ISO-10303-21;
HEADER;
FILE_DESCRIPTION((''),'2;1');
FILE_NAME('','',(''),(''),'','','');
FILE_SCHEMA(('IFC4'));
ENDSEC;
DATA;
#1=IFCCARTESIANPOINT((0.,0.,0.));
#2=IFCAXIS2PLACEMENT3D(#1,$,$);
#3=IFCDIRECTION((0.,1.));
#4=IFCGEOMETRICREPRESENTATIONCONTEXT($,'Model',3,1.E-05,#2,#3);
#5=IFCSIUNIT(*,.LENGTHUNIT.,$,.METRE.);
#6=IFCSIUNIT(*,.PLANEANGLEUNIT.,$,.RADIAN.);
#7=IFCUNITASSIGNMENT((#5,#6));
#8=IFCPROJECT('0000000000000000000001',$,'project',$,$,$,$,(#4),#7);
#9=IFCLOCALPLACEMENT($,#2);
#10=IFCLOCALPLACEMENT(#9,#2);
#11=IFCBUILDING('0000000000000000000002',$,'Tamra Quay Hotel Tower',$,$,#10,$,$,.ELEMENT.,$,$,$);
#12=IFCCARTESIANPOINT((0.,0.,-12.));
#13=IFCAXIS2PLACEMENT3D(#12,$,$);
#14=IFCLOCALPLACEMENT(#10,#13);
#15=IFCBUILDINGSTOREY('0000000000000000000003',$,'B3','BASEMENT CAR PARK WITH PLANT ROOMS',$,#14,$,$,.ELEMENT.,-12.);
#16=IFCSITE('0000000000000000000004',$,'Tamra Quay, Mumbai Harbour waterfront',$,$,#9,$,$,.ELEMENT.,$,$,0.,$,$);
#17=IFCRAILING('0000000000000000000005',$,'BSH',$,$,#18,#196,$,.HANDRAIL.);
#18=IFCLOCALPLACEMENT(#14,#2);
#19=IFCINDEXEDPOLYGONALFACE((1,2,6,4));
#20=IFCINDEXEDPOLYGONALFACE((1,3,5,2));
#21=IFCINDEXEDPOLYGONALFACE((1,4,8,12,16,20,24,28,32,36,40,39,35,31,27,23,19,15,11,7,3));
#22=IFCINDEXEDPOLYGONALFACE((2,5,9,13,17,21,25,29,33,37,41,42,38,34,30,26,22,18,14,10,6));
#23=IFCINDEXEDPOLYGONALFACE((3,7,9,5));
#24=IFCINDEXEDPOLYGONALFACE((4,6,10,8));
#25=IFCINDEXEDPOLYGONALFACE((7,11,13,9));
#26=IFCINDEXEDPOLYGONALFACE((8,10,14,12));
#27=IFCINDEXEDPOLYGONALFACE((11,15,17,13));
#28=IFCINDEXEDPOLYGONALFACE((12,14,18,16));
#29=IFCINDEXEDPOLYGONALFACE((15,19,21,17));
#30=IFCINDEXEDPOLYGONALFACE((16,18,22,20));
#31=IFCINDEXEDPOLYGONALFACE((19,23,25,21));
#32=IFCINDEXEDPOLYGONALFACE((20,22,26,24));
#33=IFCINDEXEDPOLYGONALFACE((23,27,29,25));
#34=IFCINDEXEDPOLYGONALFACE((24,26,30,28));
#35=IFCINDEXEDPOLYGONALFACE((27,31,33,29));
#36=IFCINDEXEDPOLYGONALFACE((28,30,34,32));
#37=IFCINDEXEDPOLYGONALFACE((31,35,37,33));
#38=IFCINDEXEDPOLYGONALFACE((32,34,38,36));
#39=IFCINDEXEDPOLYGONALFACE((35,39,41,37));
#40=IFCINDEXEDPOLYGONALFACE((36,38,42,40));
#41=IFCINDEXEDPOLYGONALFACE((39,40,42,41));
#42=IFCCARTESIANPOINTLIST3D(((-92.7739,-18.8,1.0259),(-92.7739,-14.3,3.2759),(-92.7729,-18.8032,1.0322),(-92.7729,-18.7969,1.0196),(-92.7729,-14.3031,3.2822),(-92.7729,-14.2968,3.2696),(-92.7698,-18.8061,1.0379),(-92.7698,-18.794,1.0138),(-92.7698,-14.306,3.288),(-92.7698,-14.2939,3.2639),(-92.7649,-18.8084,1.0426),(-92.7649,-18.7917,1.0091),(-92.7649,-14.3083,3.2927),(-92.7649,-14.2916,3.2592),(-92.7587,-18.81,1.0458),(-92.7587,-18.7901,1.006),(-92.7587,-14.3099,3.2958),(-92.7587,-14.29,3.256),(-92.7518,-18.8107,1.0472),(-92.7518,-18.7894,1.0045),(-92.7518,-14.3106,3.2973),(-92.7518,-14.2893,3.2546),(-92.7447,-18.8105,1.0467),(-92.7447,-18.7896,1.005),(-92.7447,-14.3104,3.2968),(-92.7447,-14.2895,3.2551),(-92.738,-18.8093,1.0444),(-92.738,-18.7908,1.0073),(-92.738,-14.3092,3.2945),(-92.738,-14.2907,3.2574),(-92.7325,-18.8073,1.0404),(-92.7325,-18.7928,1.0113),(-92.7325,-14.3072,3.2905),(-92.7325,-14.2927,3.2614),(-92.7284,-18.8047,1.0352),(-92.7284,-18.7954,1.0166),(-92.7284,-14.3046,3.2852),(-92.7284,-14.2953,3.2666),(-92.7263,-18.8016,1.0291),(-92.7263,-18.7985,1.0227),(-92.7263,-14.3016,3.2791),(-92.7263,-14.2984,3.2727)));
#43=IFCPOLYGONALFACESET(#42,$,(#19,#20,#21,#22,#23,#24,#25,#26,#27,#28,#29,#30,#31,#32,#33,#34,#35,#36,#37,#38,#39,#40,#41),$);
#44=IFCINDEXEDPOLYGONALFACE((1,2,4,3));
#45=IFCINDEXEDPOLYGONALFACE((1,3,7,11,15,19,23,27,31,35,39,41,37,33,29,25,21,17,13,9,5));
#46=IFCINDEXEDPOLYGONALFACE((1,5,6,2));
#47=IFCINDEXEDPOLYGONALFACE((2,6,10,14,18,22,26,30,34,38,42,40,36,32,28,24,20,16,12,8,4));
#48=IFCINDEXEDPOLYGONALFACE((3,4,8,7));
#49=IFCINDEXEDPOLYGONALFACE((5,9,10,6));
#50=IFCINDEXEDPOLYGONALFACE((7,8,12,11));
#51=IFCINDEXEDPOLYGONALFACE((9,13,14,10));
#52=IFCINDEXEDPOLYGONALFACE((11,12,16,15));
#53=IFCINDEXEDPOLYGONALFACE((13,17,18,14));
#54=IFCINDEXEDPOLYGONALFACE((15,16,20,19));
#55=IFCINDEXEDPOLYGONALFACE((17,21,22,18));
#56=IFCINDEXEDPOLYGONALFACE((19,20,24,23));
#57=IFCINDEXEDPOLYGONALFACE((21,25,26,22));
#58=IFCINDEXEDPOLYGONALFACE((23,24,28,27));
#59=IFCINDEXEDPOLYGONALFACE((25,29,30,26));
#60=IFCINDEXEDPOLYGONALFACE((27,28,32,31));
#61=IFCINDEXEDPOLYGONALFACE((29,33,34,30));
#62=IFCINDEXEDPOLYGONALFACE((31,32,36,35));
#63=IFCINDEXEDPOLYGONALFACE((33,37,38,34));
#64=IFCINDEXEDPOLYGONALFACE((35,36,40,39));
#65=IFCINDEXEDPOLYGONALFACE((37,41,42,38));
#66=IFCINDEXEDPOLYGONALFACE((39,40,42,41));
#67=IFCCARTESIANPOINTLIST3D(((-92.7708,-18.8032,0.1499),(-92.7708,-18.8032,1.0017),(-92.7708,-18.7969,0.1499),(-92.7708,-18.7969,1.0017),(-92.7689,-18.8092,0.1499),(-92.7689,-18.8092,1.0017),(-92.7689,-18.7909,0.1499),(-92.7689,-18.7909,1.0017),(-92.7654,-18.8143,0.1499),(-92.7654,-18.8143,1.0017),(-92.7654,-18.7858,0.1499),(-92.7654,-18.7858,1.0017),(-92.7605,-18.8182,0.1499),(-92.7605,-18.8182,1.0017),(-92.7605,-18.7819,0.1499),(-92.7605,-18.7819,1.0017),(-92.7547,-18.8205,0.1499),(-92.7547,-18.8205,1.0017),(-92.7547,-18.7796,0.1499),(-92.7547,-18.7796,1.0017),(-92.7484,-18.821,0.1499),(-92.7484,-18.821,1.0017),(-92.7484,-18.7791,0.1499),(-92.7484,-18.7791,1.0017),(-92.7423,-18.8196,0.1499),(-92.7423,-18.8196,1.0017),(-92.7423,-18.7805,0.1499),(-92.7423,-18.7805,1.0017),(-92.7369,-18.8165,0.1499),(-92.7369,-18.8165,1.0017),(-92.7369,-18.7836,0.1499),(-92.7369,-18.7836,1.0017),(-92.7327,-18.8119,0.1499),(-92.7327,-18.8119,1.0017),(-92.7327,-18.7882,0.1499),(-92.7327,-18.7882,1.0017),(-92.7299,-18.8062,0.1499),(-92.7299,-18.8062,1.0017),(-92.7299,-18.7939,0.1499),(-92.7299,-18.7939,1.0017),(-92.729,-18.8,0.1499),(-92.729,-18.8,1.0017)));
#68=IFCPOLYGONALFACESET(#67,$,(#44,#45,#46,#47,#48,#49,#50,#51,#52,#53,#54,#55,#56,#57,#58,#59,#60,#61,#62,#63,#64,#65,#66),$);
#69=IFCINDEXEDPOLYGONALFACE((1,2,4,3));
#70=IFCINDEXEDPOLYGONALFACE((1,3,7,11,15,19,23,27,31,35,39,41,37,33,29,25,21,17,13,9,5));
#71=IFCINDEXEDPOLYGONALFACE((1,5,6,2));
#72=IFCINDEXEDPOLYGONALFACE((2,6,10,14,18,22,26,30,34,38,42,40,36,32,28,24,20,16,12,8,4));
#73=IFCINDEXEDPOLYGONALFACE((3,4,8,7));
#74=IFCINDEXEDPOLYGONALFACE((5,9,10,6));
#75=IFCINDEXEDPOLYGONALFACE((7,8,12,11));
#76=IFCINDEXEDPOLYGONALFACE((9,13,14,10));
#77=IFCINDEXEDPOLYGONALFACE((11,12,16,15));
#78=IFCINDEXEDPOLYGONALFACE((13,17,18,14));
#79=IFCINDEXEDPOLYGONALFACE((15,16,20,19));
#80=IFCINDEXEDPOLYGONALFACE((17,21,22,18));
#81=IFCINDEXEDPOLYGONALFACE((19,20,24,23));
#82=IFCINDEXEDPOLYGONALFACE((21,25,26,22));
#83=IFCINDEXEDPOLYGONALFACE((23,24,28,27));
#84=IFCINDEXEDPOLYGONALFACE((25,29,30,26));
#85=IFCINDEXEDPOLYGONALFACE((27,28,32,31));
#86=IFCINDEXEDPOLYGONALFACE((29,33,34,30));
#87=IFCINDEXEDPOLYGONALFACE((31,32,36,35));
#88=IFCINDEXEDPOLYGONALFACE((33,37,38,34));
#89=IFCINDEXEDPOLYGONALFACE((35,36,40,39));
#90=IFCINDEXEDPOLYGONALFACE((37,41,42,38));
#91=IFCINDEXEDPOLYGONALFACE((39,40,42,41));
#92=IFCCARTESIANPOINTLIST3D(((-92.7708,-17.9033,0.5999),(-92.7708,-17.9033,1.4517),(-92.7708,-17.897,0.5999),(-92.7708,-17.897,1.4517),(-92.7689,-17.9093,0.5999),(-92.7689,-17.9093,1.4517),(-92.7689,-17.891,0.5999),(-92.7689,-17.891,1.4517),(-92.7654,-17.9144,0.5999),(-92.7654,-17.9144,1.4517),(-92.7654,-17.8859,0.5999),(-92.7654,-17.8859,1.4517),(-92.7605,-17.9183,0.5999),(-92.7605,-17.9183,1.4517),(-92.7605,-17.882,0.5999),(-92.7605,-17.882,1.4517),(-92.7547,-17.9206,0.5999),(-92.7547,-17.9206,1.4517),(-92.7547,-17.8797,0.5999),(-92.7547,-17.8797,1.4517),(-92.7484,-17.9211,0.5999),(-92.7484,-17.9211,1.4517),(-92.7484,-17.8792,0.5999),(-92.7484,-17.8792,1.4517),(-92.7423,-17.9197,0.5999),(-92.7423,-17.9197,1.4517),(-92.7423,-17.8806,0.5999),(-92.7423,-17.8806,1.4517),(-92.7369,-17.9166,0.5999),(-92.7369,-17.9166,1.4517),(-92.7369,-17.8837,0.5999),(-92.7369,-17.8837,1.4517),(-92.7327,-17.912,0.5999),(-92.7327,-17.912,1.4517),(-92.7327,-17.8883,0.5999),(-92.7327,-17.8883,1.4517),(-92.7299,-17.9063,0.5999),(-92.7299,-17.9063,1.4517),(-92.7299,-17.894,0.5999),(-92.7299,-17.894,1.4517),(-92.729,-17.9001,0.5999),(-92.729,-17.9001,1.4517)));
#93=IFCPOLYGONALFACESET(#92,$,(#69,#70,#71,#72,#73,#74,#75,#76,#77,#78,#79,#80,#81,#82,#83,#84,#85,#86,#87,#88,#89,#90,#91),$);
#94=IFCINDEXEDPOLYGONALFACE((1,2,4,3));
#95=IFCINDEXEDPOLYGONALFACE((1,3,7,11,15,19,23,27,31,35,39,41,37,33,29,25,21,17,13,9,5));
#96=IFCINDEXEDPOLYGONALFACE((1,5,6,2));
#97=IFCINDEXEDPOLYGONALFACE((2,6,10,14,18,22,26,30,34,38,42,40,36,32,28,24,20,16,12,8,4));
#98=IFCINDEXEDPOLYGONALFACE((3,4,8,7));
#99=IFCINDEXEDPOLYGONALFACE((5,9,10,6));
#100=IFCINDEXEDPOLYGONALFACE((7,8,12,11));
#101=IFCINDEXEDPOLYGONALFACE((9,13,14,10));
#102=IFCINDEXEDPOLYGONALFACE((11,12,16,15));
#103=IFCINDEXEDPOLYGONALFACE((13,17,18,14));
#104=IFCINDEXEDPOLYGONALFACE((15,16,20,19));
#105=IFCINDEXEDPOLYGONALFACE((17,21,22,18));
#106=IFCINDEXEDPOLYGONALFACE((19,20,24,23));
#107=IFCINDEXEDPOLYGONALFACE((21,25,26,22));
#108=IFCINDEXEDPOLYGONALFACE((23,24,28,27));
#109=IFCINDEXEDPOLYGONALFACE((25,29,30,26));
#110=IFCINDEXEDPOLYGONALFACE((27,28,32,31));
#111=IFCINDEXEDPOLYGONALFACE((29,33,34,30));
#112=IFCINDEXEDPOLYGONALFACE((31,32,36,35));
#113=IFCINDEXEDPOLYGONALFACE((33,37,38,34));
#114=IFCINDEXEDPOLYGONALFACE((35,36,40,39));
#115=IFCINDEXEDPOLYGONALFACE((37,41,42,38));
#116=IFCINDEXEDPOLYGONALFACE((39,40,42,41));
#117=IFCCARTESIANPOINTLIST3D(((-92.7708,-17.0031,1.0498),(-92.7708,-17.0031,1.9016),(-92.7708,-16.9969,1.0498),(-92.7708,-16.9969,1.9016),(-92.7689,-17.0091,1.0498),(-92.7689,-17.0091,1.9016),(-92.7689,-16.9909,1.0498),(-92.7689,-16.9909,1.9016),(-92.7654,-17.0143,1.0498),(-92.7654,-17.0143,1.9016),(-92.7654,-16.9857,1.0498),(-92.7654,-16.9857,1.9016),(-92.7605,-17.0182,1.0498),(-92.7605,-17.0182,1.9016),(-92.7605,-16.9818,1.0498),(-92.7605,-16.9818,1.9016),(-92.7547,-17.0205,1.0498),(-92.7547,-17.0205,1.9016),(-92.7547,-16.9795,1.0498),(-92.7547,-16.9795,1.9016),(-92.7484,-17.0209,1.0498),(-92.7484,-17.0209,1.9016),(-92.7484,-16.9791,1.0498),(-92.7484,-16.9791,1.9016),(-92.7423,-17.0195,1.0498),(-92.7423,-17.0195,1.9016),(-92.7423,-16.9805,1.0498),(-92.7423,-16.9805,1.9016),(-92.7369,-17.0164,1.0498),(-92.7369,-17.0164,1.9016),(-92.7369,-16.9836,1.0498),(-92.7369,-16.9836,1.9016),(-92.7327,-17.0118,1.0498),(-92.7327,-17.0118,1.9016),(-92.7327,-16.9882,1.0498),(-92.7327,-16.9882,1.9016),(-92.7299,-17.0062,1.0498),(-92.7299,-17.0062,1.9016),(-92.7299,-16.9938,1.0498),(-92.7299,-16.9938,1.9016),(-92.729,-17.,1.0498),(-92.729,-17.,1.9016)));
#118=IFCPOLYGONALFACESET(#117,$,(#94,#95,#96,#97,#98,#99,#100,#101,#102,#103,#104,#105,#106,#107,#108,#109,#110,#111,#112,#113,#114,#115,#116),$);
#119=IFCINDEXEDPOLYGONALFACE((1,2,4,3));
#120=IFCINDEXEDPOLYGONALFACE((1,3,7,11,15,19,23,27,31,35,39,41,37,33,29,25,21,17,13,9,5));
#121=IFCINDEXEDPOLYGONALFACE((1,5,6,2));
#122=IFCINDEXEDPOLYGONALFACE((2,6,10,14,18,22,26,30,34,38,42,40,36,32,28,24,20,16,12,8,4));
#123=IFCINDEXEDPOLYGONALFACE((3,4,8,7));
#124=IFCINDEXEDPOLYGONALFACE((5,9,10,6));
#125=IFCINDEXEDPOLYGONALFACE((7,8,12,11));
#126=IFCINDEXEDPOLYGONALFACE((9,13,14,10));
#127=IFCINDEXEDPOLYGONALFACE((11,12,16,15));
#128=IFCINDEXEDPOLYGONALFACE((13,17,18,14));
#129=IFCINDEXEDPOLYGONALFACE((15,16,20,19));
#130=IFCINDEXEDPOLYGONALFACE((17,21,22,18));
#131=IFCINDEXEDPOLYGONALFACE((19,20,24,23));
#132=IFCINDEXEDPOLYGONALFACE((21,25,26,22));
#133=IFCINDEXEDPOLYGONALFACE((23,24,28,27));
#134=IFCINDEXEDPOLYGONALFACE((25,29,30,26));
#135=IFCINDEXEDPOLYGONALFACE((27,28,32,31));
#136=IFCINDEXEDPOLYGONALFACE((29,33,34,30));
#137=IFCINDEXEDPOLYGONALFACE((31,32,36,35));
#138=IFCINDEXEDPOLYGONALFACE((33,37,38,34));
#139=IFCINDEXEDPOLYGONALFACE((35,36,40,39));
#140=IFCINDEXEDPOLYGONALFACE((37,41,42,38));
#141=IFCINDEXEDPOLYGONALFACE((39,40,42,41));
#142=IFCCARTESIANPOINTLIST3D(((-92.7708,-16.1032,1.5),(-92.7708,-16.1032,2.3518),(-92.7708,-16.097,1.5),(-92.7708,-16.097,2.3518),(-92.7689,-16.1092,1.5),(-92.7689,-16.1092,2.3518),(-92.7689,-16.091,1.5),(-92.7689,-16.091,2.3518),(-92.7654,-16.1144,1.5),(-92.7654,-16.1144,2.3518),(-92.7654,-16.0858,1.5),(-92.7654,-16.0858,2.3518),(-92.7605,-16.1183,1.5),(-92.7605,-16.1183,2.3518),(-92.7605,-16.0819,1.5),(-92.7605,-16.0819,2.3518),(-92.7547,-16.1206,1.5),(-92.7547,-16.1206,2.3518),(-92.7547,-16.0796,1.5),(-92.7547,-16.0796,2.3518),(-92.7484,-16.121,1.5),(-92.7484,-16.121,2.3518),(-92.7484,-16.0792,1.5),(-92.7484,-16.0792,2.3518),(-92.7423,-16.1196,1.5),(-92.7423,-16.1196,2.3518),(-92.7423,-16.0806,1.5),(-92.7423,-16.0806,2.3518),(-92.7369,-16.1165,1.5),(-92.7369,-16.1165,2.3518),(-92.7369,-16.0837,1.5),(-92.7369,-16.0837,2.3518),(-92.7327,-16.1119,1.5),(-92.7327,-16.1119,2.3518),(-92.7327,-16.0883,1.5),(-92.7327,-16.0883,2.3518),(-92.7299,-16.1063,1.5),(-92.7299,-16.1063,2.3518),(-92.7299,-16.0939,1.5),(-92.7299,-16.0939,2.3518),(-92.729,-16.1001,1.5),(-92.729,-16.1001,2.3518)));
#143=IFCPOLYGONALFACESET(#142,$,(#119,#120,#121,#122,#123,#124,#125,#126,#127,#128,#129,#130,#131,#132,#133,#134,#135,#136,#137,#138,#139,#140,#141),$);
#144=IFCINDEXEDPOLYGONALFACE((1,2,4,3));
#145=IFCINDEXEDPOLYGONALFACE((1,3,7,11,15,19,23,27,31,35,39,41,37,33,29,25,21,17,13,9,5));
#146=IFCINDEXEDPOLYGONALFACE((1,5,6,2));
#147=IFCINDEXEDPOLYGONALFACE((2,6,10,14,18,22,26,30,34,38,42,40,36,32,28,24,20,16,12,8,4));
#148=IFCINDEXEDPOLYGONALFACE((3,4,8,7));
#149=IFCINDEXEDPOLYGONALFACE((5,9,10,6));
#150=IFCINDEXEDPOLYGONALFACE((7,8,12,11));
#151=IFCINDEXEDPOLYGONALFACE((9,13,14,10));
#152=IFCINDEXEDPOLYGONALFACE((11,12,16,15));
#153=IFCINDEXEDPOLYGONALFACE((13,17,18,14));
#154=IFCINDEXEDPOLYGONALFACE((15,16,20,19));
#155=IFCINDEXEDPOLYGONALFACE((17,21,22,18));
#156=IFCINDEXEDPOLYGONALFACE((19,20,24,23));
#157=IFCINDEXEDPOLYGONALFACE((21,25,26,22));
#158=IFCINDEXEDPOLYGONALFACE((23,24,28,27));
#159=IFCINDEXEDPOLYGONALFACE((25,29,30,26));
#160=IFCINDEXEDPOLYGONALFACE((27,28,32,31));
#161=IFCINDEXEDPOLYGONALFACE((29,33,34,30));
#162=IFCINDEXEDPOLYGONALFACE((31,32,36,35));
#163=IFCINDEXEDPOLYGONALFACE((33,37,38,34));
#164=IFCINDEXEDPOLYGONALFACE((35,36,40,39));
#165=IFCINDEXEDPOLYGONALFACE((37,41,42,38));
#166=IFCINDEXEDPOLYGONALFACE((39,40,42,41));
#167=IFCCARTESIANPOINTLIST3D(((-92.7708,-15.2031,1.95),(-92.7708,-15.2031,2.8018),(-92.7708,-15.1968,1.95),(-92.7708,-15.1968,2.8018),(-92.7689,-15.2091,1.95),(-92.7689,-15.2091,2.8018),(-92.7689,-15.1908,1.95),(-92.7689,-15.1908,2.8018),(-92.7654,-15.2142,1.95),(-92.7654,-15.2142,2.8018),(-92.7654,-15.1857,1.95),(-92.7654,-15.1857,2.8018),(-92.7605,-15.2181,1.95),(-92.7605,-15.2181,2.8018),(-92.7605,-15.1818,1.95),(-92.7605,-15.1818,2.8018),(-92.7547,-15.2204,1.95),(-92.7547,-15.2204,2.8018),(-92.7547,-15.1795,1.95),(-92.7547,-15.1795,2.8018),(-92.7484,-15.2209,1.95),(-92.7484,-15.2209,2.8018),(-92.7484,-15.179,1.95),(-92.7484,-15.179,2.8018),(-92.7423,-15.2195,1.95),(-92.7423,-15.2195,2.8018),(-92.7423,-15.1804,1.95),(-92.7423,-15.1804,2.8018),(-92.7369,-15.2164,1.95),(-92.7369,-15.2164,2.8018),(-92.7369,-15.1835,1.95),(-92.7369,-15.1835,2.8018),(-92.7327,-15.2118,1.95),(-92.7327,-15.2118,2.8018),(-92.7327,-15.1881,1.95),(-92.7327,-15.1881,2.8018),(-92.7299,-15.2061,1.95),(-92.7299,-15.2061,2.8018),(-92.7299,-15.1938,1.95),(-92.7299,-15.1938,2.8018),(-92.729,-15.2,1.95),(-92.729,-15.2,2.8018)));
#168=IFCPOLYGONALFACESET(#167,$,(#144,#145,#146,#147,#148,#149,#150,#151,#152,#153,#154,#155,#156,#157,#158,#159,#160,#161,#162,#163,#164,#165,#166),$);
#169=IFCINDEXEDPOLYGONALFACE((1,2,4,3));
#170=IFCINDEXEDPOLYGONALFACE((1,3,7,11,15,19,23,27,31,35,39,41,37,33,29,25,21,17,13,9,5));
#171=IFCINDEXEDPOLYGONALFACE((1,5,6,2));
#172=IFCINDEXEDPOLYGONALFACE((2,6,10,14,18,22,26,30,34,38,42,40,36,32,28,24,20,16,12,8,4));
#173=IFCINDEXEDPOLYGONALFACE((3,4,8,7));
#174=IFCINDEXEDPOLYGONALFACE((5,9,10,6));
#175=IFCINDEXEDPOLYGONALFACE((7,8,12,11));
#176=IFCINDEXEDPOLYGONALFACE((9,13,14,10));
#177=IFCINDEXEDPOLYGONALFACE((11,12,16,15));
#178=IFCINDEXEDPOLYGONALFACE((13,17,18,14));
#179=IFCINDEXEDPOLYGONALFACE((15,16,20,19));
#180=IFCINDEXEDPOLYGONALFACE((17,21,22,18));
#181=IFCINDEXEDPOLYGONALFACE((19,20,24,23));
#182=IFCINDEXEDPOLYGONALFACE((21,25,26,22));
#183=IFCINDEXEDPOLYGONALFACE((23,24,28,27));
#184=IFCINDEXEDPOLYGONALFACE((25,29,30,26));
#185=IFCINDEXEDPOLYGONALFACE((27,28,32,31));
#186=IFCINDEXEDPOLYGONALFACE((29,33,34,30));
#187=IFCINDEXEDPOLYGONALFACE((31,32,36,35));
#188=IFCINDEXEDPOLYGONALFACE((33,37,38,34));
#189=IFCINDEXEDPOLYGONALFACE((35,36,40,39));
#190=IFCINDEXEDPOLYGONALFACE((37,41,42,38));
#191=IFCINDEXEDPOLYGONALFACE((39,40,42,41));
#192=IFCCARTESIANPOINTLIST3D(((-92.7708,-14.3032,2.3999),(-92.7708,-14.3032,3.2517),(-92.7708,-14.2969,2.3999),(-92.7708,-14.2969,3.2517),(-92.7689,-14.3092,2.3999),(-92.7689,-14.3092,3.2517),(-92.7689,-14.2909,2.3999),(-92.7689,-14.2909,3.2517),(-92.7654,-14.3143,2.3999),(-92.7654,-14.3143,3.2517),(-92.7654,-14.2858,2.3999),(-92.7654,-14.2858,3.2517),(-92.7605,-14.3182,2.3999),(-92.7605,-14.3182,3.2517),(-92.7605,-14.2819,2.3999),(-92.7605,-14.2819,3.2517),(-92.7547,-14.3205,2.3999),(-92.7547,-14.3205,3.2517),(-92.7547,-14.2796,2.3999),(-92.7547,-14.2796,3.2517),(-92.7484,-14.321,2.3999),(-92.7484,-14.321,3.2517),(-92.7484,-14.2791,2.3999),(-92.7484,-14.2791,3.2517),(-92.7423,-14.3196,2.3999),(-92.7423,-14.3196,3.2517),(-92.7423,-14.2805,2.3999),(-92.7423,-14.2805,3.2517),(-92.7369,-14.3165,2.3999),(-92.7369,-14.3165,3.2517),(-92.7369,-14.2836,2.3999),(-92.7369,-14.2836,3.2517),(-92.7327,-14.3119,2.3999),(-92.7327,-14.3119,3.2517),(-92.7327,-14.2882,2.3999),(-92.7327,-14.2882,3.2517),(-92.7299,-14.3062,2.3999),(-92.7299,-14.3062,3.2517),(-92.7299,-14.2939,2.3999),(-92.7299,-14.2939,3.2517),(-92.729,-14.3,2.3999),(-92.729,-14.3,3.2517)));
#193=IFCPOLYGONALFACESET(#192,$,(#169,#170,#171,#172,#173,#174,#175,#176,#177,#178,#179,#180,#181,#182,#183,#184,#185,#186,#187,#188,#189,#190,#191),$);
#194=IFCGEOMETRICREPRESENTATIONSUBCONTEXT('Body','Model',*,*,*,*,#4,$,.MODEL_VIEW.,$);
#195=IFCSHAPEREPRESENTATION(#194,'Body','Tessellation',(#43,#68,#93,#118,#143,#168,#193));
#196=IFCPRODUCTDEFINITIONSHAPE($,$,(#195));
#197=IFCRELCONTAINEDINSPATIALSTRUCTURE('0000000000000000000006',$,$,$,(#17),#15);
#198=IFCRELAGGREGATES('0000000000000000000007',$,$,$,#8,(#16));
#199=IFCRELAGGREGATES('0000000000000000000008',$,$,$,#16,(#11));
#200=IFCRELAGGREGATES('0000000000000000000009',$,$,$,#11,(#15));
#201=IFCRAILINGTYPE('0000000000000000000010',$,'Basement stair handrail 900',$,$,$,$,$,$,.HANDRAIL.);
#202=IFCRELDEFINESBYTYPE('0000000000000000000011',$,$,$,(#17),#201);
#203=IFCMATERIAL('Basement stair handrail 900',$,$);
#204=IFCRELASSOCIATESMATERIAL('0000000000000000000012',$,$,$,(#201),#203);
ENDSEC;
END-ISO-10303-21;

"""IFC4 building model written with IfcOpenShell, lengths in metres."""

from ifc_helpers import new_model, si_unit, direction, frame, origin, origin_2d, place, context, subcontext, project, spatial, circle, extrude, material, type_object, element, save


model = new_model("IFC4")

# Units and contexts
model_context = context("Model", 3, precision=1e-05, world=origin(), true_north=direction((0.0, 1.0)))
body_context = subcontext(model_context, "Body", "Model", "MODEL_VIEW")
ifc_project = project(units=[si_unit("LENGTHUNIT", "METRE"), si_unit("PLANEANGLEUNIT", "RADIAN")], contexts=[model_context])

# Site, building, storey
site_placement = place(None, origin())
site = spatial("IfcSite", under=ifc_project, at=site_placement, Name="Tamra Quay, Mumbai Harbour waterfront", CompositionType="ELEMENT", RefElevation=0.0)
building_placement = place(site_placement, origin())
building = spatial("IfcBuilding", under=site, at=building_placement, Name="Tamra Quay Hotel Tower", CompositionType="ELEMENT")
storey_placement = place(building_placement, frame((0.0, 0.0, -12.0)))
storey = spatial("IfcBuildingStorey", under=building, at=storey_placement, Name="B3", Description="BASEMENT CAR PARK WITH PLANT ROOMS", CompositionType="ELEMENT", Elevation=-12.0)

# Railing
ifc_material_1 = material(Name="Basement stair handrail 900")
railing_type_1 = type_object("IfcRailingType", Name="Basement stair handrail 900", PredefinedType="HANDRAIL", material=ifc_material_1)
railing_1_placement = place(storey_placement, frame((-92.75, -18.8, 0.1499)))
element("IfcRailing", 1, at=railing_1_placement, inside=storey, type_object=railing_type_1, Name="BSH", PredefinedType="HANDRAIL", context=body_context, shape_type="SweptSolid", body=[
    extrude(circle(Radius=0.0239, at=origin_2d()), frame((0.0, 0.0, 0.876), z_axis=(0.0, 0.894427, 0.447214), x_axis=(-1.0, 0.0, 0.0)), (0.0, 0.0, 1.0), 5.0312),
    extrude(circle(Radius=0.021, at=origin_2d()), origin(), (0.0, 0.0, 1.0), 0.8518),
    extrude(circle(Radius=0.021, at=origin_2d()), frame((0.0, 0.8999, 0.45)), (0.0, 0.0, 1.0), 0.8518),
    extrude(circle(Radius=0.021, at=origin_2d()), frame((0.0, 1.8, 0.8999)), (0.0, 0.0, 1.0), 0.8518),
    extrude(circle(Radius=0.021, at=origin_2d()), frame((0.0, 2.7, 1.3501)), (0.0, 0.0, 1.0), 0.8518),
    extrude(circle(Radius=0.021, at=origin_2d()), frame((0.0, 3.6001, 1.8)), (0.0, 0.0, 1.0), 0.8518),
    extrude(circle(Radius=0.021, at=origin_2d()), frame((0.0, 4.5, 2.25)), (0.0, 0.0, 1.0), 0.8518),
])

save(model, "model.ifc")
